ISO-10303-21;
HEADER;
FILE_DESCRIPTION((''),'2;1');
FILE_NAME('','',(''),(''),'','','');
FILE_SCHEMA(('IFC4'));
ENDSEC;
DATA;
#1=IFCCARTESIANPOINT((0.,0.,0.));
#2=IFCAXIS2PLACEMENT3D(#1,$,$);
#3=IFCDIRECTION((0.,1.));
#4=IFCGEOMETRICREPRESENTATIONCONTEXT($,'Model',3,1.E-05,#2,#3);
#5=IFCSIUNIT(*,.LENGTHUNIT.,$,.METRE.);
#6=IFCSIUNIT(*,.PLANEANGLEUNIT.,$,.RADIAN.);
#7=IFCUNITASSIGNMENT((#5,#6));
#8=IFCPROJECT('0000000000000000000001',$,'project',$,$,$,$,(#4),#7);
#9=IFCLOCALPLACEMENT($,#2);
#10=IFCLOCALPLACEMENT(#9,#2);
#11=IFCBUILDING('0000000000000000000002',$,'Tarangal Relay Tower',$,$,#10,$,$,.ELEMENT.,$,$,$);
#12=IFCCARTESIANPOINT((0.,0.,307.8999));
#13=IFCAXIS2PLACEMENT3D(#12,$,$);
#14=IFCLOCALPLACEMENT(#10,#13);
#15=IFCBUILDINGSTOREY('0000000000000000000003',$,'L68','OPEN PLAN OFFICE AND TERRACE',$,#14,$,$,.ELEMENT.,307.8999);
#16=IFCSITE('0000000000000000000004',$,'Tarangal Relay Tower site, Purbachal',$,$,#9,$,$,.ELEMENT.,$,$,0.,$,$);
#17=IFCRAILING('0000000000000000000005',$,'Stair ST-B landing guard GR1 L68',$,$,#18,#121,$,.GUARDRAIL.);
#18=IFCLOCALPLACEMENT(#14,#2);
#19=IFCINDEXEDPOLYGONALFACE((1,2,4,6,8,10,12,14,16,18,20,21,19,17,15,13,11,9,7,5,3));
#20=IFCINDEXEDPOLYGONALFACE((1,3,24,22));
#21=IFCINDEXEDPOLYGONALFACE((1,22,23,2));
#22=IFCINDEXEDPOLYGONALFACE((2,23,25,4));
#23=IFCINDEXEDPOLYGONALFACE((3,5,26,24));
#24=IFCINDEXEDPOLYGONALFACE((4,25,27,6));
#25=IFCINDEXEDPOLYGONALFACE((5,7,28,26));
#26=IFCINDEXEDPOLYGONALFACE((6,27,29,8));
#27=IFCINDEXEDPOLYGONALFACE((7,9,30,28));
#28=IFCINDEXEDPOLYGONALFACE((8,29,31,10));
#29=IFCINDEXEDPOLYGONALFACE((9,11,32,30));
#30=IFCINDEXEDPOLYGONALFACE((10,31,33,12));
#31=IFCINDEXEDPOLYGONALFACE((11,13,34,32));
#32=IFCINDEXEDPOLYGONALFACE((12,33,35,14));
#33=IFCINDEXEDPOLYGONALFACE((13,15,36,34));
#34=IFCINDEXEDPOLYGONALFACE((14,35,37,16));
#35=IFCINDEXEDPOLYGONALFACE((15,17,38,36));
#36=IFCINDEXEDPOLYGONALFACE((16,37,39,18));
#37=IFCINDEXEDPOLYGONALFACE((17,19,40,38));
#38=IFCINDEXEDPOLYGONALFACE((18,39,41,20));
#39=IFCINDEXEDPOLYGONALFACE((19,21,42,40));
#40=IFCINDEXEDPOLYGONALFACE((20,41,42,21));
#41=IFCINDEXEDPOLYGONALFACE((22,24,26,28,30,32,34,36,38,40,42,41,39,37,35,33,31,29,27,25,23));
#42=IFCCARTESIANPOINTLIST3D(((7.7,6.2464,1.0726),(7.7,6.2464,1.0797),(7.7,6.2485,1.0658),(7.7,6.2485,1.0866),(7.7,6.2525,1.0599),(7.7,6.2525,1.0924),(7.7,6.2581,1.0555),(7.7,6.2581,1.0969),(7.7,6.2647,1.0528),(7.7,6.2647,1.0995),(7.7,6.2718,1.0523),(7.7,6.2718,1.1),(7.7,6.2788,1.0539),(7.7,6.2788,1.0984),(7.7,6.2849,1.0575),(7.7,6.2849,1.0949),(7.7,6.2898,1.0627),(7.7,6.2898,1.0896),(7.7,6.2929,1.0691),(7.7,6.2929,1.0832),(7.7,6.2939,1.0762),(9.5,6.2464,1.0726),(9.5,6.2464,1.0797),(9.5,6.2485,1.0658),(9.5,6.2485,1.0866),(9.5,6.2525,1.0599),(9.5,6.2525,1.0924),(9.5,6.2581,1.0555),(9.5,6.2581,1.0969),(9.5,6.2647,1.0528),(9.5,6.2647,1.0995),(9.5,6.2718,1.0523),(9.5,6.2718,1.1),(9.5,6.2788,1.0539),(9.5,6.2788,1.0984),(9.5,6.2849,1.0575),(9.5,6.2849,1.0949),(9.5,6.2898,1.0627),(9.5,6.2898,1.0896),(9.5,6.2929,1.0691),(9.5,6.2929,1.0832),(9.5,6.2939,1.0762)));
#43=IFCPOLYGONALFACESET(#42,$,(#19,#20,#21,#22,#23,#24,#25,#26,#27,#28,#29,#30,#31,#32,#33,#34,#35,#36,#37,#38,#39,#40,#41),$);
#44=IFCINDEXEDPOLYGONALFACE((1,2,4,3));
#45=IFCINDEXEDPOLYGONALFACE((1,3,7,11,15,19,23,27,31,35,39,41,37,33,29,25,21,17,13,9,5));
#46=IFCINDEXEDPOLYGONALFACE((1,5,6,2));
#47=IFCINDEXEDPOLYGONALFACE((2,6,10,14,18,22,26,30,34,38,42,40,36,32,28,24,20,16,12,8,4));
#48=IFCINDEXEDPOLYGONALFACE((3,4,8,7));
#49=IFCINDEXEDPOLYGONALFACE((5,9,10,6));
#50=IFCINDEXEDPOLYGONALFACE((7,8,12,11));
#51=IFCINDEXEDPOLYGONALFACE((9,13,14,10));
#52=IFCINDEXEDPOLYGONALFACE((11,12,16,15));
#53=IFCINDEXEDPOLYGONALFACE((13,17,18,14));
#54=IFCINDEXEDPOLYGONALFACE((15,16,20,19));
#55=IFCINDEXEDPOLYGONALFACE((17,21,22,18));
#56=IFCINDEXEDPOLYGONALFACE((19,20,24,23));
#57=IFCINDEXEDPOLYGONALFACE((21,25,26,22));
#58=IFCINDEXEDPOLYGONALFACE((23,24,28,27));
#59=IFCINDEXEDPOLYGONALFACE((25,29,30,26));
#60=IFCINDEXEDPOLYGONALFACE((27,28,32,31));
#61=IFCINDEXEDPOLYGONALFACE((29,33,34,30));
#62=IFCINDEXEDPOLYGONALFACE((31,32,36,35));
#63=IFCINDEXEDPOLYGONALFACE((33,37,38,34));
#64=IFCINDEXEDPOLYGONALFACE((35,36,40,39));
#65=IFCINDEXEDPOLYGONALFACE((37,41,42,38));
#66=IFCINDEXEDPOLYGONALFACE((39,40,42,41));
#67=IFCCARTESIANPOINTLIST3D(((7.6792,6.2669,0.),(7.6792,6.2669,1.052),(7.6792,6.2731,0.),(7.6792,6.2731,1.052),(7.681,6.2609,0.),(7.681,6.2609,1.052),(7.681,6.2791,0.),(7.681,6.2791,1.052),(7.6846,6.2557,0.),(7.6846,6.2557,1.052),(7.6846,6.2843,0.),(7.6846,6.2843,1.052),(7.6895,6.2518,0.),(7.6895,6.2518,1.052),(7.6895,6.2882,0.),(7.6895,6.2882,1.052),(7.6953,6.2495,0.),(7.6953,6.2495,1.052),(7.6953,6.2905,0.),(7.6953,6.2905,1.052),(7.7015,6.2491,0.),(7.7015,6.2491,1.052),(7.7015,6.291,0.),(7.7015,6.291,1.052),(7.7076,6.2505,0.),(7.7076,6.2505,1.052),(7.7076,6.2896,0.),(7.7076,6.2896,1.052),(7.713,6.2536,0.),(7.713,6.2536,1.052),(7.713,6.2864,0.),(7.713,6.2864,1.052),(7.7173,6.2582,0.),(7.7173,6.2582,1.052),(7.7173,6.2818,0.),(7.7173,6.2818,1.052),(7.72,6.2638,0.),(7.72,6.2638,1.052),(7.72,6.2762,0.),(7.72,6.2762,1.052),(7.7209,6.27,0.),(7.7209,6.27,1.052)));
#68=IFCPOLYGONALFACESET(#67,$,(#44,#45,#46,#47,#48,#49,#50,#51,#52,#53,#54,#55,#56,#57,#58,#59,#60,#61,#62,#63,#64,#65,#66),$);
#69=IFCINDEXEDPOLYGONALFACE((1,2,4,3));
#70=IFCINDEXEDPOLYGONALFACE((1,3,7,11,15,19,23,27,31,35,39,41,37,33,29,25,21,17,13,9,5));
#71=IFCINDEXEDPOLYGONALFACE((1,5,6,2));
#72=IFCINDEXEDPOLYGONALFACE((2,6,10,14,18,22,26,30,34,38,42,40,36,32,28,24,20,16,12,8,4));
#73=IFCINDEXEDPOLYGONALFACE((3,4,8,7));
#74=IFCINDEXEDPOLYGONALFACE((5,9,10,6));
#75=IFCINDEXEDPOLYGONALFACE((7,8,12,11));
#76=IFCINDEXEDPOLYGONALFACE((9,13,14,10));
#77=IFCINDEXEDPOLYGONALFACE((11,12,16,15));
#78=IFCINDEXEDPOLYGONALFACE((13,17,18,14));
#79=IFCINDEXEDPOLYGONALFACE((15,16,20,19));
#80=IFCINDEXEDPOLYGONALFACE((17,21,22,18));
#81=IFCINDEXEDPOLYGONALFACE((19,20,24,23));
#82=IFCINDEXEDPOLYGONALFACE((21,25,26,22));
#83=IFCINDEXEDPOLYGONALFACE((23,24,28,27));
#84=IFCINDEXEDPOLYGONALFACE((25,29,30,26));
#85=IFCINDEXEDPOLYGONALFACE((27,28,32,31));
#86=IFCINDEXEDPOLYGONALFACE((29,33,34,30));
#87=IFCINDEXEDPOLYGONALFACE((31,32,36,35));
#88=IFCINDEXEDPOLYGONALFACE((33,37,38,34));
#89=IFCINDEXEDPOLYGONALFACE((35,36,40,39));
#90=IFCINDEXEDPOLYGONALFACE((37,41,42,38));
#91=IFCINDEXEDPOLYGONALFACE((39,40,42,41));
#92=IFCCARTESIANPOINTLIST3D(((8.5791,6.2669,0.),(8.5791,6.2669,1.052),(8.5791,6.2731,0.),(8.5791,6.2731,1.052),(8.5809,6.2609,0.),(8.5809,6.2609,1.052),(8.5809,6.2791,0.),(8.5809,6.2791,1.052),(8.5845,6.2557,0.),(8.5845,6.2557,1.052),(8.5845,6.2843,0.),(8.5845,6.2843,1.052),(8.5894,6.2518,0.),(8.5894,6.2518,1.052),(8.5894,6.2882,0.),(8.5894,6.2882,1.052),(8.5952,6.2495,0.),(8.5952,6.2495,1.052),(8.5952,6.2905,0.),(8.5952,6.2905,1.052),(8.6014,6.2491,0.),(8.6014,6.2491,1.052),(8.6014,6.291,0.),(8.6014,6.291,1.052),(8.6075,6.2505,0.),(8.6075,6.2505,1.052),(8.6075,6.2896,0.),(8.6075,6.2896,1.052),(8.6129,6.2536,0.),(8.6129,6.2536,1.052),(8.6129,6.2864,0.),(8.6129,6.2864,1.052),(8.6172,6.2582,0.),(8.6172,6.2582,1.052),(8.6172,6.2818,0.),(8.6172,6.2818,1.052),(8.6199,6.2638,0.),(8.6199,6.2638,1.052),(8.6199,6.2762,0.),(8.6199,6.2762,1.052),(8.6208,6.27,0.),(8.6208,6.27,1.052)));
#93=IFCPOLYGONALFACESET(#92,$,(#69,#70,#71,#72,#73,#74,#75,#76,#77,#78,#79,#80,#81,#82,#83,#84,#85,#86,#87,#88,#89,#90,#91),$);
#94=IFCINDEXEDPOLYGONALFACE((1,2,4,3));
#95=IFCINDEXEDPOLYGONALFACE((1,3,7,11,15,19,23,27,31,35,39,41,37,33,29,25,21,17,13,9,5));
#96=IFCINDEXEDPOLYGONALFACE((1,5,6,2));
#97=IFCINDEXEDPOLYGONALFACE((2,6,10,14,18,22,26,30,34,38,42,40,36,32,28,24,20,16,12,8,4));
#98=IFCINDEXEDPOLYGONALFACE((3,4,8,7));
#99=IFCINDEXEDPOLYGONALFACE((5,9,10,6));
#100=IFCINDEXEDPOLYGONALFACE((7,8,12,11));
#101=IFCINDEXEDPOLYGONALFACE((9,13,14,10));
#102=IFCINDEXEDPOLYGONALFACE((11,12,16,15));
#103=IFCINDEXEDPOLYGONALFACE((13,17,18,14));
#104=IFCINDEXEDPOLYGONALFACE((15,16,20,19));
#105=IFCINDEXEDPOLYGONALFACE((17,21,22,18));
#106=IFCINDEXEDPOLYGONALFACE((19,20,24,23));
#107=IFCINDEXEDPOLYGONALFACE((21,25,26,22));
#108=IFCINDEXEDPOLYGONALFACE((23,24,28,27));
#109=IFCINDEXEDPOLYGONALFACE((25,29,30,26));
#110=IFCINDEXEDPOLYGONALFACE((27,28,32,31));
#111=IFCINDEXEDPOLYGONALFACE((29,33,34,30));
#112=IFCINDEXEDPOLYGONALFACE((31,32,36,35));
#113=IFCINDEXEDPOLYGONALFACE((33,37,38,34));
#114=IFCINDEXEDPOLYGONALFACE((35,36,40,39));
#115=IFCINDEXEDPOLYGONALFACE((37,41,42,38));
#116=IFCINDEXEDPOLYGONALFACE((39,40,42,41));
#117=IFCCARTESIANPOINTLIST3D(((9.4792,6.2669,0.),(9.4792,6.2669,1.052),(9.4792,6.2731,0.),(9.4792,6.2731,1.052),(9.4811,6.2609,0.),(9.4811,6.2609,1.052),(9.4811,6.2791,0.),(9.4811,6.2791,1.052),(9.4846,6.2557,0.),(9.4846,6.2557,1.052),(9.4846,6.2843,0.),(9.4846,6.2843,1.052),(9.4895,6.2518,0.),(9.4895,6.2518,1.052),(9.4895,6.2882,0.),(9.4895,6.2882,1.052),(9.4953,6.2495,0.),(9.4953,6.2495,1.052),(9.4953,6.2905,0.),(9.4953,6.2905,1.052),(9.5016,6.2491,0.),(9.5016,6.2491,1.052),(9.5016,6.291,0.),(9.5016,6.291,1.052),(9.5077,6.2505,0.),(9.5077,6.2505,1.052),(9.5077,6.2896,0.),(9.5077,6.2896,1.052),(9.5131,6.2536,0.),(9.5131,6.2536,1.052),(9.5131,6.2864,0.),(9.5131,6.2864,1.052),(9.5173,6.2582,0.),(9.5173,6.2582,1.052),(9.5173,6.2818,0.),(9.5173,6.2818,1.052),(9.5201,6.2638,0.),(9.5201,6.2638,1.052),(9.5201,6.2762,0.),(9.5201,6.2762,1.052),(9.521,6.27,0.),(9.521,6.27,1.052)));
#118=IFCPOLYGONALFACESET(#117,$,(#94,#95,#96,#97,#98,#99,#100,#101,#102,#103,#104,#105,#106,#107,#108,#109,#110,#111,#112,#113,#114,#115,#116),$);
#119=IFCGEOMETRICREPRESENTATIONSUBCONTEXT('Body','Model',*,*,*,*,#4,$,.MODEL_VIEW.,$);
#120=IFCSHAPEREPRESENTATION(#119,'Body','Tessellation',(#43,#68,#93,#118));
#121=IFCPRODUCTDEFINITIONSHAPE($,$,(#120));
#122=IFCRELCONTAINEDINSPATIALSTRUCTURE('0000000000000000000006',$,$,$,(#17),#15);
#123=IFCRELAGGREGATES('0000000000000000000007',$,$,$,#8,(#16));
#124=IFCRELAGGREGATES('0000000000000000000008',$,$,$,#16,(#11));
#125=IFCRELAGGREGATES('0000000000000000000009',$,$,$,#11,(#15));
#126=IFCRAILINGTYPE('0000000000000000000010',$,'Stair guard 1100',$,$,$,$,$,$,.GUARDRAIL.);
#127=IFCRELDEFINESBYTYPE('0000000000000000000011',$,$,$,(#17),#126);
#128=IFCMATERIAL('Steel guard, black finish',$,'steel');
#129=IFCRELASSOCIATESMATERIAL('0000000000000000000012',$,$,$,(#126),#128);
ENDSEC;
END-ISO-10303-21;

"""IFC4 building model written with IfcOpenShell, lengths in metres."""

from ifc_helpers import new_model, si_unit, direction, frame, origin, origin_2d, place, context, subcontext, project, spatial, circle, extrude, material, type_object, element, save


model = new_model("IFC4")

# Units and contexts
model_context = context("Model", 3, precision=1e-05, world=origin(), true_north=direction((0.0, 1.0)))
body_context = subcontext(model_context, "Body", "Model", "MODEL_VIEW")
ifc_project = project(units=[si_unit("LENGTHUNIT", "METRE"), si_unit("PLANEANGLEUNIT", "RADIAN")], contexts=[model_context])

# Site, building, storey
site_placement = place(None, origin())
site = spatial("IfcSite", under=ifc_project, at=site_placement, Name="Tarangal Relay Tower site, Purbachal", CompositionType="ELEMENT", RefElevation=0.0)
building_placement = place(site_placement, origin())
building = spatial("IfcBuilding", under=site, at=building_placement, Name="Tarangal Relay Tower", CompositionType="ELEMENT")
storey_placement = place(building_placement, frame((0.0, 0.0, 307.8999)))
storey = spatial("IfcBuildingStorey", under=building, at=storey_placement, Name="L68", Description="OPEN PLAN OFFICE AND TERRACE", CompositionType="ELEMENT", Elevation=307.8999)

# Railing
ifc_material_1 = material(Name="Steel guard, black finish", Category="steel")
railing_type_1 = type_object("IfcRailingType", Name="Stair guard 1100", PredefinedType="GUARDRAIL", material=ifc_material_1)
railing_1_placement = place(storey_placement, frame((7.7, 6.27, 0.0)))
element("IfcRailing", 1, at=railing_1_placement, inside=storey, type_object=railing_type_1, Name="Stair ST-B landing guard GR1 L68", PredefinedType="GUARDRAIL", context=body_context, shape_type="SweptSolid", body=[
    extrude(circle(Radius=0.0239, at=origin_2d()), frame((0.0, 0.0, 1.0762), z_axis=(1.0, 0.0, 0.0), x_axis=(0.0, 1.0, 0.0)), (0.0, 0.0, 1.0), 1.8),
    extrude(circle(Radius=0.021, at=origin_2d()), origin(), (0.0, 0.0, 1.0), 1.052),
    extrude(circle(Radius=0.021, at=origin_2d()), frame((0.8999, 0.0, 0.0)), (0.0, 0.0, 1.0), 1.052),
    extrude(circle(Radius=0.021, at=origin_2d()), frame((1.8, 0.0, 0.0)), (0.0, 0.0, 1.0), 1.052),
])

save(model, "model.ifc")
